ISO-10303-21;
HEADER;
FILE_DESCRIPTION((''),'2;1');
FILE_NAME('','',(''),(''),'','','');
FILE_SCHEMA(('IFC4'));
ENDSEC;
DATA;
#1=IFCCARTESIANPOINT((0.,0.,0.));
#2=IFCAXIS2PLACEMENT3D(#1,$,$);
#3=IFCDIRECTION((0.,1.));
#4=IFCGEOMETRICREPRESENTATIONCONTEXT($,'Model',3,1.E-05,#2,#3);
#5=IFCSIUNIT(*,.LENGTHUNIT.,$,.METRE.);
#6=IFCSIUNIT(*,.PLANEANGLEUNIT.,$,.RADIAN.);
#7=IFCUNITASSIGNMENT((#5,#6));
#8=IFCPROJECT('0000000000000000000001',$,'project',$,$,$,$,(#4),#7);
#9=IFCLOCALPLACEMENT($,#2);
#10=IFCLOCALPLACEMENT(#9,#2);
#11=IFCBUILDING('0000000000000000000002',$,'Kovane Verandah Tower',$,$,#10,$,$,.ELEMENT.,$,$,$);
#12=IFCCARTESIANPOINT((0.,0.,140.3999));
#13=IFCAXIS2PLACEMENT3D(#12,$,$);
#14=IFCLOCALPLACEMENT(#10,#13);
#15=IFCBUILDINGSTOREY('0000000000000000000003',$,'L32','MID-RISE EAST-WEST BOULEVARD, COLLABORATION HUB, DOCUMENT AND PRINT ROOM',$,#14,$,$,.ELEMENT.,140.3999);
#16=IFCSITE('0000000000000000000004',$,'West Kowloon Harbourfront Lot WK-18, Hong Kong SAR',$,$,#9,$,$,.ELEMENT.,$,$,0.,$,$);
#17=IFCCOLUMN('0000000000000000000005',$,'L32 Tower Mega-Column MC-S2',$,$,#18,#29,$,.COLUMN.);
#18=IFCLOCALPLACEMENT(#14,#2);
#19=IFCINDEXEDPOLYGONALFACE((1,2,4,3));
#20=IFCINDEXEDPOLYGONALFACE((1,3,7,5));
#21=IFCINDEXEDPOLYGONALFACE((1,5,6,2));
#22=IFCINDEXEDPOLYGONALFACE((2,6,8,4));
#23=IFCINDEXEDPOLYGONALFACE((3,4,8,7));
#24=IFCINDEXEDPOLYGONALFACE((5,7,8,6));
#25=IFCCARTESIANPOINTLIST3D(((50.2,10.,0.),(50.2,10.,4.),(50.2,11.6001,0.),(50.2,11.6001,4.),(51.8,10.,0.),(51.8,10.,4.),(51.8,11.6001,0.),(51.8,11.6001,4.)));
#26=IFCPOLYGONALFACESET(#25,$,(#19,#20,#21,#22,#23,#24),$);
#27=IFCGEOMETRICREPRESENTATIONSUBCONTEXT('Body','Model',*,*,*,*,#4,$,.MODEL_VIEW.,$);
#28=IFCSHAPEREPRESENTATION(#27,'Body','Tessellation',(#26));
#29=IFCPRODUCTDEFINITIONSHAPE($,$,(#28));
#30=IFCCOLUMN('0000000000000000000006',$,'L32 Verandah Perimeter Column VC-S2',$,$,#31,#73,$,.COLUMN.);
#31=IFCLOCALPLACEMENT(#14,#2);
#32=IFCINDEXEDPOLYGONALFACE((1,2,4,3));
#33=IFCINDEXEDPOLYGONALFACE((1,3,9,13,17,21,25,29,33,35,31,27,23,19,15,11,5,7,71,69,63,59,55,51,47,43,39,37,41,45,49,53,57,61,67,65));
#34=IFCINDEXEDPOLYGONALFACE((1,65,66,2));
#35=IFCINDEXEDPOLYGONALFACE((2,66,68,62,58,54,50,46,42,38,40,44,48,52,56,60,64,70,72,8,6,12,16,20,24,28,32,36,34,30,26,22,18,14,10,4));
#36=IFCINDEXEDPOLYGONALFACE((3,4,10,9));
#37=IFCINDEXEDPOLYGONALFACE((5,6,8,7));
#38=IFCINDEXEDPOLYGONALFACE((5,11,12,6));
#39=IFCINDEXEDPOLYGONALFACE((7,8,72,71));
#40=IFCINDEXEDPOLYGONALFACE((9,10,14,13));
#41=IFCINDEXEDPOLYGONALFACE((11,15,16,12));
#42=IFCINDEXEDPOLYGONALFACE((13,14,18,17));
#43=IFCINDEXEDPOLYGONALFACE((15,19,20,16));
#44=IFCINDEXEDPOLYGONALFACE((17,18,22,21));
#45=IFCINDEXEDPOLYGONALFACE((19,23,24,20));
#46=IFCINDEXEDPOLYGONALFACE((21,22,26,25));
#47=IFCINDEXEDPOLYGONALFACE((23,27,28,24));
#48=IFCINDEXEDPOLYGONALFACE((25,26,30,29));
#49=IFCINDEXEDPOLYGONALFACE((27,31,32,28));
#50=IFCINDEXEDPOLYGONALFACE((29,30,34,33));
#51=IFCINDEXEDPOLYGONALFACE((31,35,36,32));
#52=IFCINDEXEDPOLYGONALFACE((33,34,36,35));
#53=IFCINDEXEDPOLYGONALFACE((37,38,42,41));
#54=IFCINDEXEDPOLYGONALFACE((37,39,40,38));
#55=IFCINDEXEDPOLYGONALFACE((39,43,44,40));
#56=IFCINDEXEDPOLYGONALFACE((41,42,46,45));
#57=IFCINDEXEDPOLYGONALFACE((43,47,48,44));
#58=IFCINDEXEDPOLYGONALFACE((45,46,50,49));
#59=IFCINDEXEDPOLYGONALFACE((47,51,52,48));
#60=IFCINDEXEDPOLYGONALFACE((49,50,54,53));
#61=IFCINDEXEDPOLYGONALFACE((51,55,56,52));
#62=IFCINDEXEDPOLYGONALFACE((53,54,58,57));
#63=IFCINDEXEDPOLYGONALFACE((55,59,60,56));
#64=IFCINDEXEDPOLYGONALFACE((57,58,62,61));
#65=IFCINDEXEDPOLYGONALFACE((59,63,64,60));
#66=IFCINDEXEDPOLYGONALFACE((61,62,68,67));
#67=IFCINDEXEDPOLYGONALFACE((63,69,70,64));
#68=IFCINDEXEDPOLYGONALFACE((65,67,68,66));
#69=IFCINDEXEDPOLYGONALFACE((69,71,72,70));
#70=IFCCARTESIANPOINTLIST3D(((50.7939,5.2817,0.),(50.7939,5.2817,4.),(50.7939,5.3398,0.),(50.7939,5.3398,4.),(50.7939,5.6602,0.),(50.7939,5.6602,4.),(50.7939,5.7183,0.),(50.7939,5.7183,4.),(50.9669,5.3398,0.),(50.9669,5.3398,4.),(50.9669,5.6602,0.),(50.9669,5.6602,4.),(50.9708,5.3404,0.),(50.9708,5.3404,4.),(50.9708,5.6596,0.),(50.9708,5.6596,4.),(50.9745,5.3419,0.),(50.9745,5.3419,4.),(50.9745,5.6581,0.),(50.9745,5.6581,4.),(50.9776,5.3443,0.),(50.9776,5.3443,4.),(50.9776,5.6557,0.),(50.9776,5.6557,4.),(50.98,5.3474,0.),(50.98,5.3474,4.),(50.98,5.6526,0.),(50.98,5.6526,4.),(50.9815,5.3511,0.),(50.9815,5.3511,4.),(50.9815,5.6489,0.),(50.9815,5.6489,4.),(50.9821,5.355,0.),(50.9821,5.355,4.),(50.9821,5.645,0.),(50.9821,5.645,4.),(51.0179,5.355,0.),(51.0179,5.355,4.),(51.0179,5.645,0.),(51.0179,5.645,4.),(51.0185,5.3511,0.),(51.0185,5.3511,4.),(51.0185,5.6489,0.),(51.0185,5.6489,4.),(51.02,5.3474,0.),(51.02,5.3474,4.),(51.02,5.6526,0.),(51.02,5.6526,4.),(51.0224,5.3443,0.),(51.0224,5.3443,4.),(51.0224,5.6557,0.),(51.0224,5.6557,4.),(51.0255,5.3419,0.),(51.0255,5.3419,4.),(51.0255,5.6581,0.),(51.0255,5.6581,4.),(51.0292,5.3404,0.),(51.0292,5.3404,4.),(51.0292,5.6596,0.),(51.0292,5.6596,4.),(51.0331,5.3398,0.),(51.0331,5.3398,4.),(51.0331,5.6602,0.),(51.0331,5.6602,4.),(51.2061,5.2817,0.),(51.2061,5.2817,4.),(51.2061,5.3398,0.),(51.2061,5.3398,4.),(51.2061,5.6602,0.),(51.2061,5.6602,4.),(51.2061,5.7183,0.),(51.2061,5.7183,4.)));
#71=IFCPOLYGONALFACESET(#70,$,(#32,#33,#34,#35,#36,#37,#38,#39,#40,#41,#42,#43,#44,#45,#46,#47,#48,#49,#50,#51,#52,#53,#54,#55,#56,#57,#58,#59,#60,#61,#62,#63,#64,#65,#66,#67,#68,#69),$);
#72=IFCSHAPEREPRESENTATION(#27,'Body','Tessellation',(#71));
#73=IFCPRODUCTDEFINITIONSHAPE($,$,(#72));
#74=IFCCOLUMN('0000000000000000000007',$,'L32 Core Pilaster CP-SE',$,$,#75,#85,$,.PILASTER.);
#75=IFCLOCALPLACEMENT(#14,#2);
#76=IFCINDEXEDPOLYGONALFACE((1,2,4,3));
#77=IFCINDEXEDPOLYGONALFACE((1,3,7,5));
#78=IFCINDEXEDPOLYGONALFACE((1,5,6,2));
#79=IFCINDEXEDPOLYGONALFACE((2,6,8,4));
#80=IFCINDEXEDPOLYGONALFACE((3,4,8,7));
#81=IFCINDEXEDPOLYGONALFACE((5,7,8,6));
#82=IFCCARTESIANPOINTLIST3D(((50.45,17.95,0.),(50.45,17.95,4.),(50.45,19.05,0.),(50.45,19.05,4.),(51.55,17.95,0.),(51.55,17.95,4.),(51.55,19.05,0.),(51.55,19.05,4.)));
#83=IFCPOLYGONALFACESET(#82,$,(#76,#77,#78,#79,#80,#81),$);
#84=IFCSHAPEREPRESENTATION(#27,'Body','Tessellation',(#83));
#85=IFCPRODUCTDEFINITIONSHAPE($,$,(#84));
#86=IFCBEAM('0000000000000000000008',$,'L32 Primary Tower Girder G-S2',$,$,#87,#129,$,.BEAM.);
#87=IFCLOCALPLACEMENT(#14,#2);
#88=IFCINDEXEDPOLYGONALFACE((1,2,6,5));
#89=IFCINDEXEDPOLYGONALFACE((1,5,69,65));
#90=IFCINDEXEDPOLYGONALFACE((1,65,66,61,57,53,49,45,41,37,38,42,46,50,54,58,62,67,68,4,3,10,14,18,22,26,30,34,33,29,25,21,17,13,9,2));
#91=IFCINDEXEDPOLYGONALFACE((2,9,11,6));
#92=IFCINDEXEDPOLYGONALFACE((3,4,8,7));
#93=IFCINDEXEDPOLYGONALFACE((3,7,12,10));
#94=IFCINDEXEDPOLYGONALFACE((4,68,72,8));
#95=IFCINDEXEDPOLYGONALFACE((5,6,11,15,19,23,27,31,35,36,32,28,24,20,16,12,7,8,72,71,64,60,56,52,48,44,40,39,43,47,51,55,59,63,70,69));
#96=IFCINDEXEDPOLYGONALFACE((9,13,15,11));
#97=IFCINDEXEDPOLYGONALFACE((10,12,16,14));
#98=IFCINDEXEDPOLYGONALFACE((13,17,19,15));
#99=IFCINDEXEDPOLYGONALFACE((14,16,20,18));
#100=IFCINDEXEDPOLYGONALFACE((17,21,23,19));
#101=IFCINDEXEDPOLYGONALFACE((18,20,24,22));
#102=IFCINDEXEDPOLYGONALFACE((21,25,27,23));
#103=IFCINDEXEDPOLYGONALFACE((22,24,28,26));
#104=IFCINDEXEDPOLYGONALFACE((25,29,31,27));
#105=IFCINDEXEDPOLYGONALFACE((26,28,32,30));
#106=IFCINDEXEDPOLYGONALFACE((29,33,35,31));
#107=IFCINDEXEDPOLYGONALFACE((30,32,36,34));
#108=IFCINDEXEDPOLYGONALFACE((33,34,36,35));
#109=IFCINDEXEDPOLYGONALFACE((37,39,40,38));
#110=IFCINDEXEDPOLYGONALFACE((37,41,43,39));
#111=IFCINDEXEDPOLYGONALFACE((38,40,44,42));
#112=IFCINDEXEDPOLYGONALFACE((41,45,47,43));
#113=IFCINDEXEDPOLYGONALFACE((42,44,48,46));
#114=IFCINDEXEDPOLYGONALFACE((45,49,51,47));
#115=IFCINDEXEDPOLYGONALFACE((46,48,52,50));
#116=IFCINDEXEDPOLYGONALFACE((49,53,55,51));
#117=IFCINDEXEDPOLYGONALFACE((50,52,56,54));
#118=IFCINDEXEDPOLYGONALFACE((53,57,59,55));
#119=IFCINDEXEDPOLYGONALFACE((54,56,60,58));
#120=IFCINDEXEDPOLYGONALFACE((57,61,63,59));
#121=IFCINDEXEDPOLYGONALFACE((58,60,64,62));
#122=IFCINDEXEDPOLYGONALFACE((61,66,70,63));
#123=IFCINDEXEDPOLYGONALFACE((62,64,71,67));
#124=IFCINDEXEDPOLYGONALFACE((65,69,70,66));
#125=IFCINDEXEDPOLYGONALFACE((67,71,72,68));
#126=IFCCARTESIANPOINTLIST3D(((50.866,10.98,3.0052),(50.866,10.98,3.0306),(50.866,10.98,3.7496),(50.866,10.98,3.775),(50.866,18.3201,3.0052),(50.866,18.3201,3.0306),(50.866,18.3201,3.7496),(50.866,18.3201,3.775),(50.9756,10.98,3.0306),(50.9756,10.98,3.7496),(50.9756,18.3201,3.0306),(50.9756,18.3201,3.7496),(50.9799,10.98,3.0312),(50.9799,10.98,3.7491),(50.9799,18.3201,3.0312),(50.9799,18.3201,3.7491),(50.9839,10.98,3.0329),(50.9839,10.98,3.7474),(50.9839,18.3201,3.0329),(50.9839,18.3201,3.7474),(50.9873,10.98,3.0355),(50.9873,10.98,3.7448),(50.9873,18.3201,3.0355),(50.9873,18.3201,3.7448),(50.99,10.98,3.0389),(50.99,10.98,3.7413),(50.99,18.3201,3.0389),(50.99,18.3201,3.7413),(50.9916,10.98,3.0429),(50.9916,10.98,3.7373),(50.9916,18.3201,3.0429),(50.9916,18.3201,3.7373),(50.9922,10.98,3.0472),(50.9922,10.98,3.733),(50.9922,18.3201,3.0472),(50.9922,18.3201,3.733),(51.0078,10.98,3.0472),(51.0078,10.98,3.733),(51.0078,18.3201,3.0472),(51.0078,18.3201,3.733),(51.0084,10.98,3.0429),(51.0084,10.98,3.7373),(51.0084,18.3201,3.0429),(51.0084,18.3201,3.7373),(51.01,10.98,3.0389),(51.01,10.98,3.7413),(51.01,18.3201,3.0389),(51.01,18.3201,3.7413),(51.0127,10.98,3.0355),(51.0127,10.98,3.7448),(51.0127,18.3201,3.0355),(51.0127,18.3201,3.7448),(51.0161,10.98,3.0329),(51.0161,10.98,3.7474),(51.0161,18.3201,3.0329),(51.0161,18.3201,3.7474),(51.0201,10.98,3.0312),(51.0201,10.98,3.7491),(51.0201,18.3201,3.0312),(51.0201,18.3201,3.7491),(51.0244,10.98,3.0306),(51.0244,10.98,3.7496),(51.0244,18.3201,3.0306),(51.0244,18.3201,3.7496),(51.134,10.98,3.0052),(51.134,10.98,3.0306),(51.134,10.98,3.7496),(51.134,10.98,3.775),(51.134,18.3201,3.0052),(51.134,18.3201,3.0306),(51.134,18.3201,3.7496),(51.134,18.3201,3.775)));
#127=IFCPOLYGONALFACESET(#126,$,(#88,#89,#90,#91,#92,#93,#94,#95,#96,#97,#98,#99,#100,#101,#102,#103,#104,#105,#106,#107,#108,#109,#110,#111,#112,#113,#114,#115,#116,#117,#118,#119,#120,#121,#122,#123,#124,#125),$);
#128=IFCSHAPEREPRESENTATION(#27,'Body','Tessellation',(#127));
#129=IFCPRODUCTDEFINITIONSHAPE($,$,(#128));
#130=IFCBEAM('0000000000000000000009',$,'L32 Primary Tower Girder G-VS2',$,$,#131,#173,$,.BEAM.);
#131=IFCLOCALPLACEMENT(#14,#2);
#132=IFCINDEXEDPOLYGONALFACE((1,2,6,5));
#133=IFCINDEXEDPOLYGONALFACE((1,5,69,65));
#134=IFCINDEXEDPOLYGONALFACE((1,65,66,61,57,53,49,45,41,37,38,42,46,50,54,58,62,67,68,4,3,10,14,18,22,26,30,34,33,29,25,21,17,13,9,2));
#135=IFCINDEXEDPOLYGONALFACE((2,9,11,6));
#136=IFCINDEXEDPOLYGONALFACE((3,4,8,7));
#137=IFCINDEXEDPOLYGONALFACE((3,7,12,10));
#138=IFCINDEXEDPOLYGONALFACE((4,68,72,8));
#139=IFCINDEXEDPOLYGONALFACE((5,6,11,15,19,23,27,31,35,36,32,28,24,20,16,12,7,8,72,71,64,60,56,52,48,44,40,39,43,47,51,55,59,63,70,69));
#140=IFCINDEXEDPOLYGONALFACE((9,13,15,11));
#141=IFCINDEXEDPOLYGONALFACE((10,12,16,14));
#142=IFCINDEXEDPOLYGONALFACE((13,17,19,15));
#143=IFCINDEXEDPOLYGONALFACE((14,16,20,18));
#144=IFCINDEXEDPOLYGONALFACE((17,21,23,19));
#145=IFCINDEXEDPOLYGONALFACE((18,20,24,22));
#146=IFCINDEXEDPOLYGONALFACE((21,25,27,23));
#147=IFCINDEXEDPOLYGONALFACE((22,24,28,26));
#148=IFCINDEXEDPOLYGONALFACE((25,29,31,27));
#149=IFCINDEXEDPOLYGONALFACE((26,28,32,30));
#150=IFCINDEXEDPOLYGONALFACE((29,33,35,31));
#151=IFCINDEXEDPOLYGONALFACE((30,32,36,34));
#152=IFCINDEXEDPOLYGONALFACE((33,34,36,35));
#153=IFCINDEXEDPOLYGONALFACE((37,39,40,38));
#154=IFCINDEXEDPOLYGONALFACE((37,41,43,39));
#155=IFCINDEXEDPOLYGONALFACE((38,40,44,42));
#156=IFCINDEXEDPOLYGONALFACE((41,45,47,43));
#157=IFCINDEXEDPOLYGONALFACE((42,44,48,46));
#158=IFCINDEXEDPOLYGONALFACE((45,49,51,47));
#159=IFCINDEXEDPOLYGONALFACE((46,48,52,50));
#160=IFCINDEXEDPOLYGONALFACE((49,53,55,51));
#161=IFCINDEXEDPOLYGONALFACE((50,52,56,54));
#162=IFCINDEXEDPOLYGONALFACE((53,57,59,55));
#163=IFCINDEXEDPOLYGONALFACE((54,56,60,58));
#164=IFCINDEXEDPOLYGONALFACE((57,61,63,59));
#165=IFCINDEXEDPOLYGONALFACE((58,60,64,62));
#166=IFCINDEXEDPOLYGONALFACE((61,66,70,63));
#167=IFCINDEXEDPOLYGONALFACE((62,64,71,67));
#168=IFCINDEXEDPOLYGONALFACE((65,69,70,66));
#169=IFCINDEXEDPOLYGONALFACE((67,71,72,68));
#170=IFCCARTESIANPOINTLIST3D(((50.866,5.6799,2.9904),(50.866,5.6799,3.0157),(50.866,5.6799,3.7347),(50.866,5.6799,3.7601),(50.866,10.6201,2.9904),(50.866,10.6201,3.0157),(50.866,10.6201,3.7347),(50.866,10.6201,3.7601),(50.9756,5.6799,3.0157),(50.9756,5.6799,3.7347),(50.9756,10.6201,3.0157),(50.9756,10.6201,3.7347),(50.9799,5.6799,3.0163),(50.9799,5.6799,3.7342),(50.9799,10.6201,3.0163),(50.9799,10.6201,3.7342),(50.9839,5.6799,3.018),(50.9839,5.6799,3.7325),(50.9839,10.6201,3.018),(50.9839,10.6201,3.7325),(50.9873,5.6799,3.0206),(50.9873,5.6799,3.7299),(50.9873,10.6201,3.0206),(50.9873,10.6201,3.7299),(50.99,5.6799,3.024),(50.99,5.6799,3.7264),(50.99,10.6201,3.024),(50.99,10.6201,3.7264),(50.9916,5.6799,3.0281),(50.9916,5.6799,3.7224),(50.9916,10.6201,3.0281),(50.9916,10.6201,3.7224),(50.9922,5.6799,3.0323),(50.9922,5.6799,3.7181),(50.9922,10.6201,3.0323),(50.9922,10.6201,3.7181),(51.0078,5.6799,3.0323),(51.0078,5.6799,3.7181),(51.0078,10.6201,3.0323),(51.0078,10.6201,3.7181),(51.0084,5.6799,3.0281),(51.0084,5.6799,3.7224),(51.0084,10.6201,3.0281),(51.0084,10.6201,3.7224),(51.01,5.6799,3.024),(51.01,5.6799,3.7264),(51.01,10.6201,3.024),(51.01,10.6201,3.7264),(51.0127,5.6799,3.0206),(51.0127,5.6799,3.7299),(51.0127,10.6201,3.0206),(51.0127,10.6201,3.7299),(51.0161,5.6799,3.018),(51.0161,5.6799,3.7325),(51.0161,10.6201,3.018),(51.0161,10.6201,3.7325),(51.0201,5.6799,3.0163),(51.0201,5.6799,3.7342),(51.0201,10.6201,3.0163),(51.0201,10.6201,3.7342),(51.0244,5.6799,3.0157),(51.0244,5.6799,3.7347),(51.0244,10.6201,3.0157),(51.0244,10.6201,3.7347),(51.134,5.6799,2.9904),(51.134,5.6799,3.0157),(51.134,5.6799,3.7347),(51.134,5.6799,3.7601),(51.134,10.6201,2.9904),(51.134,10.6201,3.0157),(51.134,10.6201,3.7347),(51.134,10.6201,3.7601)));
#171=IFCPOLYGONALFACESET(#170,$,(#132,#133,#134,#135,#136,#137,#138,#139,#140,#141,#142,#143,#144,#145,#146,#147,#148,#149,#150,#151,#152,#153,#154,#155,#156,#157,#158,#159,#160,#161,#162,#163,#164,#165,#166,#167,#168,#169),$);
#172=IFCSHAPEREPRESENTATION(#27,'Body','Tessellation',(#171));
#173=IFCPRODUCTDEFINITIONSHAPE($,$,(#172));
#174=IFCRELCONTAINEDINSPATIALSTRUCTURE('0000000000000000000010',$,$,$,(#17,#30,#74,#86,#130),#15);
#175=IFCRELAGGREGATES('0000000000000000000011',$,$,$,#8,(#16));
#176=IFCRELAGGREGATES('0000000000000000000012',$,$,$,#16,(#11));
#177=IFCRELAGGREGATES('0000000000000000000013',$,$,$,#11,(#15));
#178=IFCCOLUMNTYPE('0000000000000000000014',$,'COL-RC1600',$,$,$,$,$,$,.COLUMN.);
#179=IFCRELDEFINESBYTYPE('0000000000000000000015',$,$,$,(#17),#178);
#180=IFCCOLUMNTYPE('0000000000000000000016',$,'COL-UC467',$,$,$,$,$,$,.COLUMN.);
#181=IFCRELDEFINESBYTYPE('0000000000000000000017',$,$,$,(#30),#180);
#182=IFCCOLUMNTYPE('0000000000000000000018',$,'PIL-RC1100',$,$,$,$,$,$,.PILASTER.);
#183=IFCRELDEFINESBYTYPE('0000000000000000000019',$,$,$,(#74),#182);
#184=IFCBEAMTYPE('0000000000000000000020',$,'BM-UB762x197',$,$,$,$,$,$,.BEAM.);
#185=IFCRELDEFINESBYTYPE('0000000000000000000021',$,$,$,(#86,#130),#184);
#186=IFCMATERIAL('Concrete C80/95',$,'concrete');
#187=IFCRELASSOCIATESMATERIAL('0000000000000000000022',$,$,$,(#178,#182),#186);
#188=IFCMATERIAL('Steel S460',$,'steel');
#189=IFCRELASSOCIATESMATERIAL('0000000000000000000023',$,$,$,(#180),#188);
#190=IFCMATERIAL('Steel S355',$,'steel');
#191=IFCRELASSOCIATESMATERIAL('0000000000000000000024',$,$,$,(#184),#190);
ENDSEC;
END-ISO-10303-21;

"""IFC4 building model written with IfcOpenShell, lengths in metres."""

from ifc_helpers import new_model, si_unit, direction, frame, origin, origin_2d, place, context, subcontext, project, spatial, rectangle, i_section, extrude, material, material_profile, profile_set, type_object, element, save


model = new_model("IFC4")

# Units and contexts
model_context = context("Model", 3, precision=1e-05, world=origin(), true_north=direction((0.0, 1.0)))
body_context = subcontext(model_context, "Body", "Model", "MODEL_VIEW")
ifc_project = project(units=[si_unit("LENGTHUNIT", "METRE"), si_unit("PLANEANGLEUNIT", "RADIAN")], contexts=[model_context])

# Site, building, storey
site_placement = place(None, origin())
site = spatial("IfcSite", under=ifc_project, at=site_placement, Name="West Kowloon Harbourfront Lot WK-18, Hong Kong SAR", CompositionType="ELEMENT", RefElevation=0.0)
building_placement = place(site_placement, origin())
building = spatial("IfcBuilding", under=site, at=building_placement, Name="Kovane Verandah Tower", CompositionType="ELEMENT")
storey_placement = place(building_placement, frame((0.0, 0.0, 140.3999)))
storey = spatial("IfcBuildingStorey", under=building, at=storey_placement, Name="L32", Description="MID-RISE EAST-WEST BOULEVARD, COLLABORATION HUB, DOCUMENT AND PRINT ROOM", CompositionType="ELEMENT", Elevation=140.3999)

# Columns
ifc_material_1 = material(Name="Concrete C80/95", Category="concrete")
ifc_material_profile_1 = material_profile(ifc_material_1, rectangle(XDim=1.6001, YDim=1.6001, at=origin_2d()), Name="RC1600x1600")
ifc_profile_set_1 = profile_set([ifc_material_profile_1], Name="Concrete C80/95")
column_type_1 = type_object("IfcColumnType", Name="COL-RC1600", PredefinedType="COLUMN", material=ifc_profile_set_1)
column_1_placement = place(storey_placement, frame((51.0, 10.8, 0.0), z_axis=(0.0, 0.0, 1.0), x_axis=(1.0, 0.0, 0.0)))
element("IfcColumn", 1, at=column_1_placement, inside=storey, type_object=column_type_1, Name="L32 Tower Mega-Column MC-S2", PredefinedType="COLUMN", context=body_context, shape_type="SweptSolid", body=[
    extrude(rectangle(XDim=1.6001, YDim=1.6001, at=origin_2d()), origin(), (0.0, 0.0, 1.0), 4.0),
])
ifc_material_2 = material(Name="Steel S460", Category="steel")
ifc_material_profile_2 = material_profile(ifc_material_2, i_section(OverallWidth=0.4121, OverallDepth=0.4365, WebThickness=0.0359, FlangeThickness=0.0581, FilletRadius=0.0151, at=origin_2d()), Name="UC356x406x467")
ifc_profile_set_2 = profile_set([ifc_material_profile_2], Name="Steel S460")
column_type_2 = type_object("IfcColumnType", Name="COL-UC467", PredefinedType="COLUMN", material=ifc_profile_set_2)
column_2_placement = place(storey_placement, frame((51.0, 5.5, 0.0), z_axis=(0.0, 0.0, 1.0), x_axis=(1.0, 0.0, 0.0)))
element("IfcColumn", 2, at=column_2_placement, inside=storey, type_object=column_type_2, Name="L32 Verandah Perimeter Column VC-S2", PredefinedType="COLUMN", context=body_context, shape_type="SweptSolid", body=[
    extrude(i_section(OverallWidth=0.4121, OverallDepth=0.4365, WebThickness=0.0359, FlangeThickness=0.0581, FilletRadius=0.0151, at=origin_2d()), origin(), (0.0, 0.0, 1.0), 4.0),
])
ifc_material_profile_3 = material_profile(ifc_material_1, rectangle(XDim=1.1001, YDim=1.1001, at=origin_2d()), Name="RC1100x1100")
ifc_profile_set_3 = profile_set([ifc_material_profile_3], Name="Concrete C80/95")
column_type_3 = type_object("IfcColumnType", Name="PIL-RC1100", PredefinedType="PILASTER", material=ifc_profile_set_3)
column_3_placement = place(storey_placement, frame((51.0, 18.5, 0.0), z_axis=(0.0, 0.0, 1.0), x_axis=(1.0, 0.0, 0.0)))
element("IfcColumn", 3, at=column_3_placement, inside=storey, type_object=column_type_3, Name="L32 Core Pilaster CP-SE", PredefinedType="PILASTER", context=body_context, shape_type="SweptSolid", body=[
    extrude(rectangle(XDim=1.1001, YDim=1.1001, at=origin_2d()), origin(), (0.0, 0.0, 1.0), 4.0),
])

# Beams
ifc_material_3 = material(Name="Steel S355", Category="steel")
ifc_material_profile_4 = material_profile(ifc_material_3, i_section(OverallWidth=0.2681, OverallDepth=0.7698, WebThickness=0.0156, FlangeThickness=0.0254, FilletRadius=0.0166, at=origin_2d()), Name="UB762x267x197")
ifc_profile_set_4 = profile_set([ifc_material_profile_4], Name="Steel S355")
beam_type_1 = type_object("IfcBeamType", Name="BM-UB762x197", PredefinedType="BEAM", material=ifc_profile_set_4)
beam_1_placement = place(storey_placement, frame((51.0, 18.3201, 3.3901), z_axis=(0.0, -1.0, 0.0), x_axis=(1.0, 0.0, 0.0)))
element("IfcBeam", 4, at=beam_1_placement, inside=storey, type_object=beam_type_1, Name="L32 Primary Tower Girder G-S2", PredefinedType="BEAM", context=body_context, shape_type="SweptSolid", body=[
    extrude(i_section(OverallWidth=0.2681, OverallDepth=0.7698, WebThickness=0.0156, FlangeThickness=0.0254, FilletRadius=0.0166, at=origin_2d()), origin(), (0.0, 0.0, 1.0), 7.3401),
])
beam_2_placement = place(storey_placement, frame((51.0, 10.6201, 3.3752), z_axis=(0.0, -1.0, 0.0), x_axis=(1.0, 0.0, 0.0)))
element("IfcBeam", 5, at=beam_2_placement, inside=storey, type_object=beam_type_1, Name="L32 Primary Tower Girder G-VS2", PredefinedType="BEAM", context=body_context, shape_type="SweptSolid", body=[
    extrude(i_section(OverallWidth=0.2681, OverallDepth=0.7698, WebThickness=0.0156, FlangeThickness=0.0254, FilletRadius=0.0166, at=origin_2d()), origin(), (0.0, 0.0, 1.0), 4.9402),
])

save(model, "model.ifc")
